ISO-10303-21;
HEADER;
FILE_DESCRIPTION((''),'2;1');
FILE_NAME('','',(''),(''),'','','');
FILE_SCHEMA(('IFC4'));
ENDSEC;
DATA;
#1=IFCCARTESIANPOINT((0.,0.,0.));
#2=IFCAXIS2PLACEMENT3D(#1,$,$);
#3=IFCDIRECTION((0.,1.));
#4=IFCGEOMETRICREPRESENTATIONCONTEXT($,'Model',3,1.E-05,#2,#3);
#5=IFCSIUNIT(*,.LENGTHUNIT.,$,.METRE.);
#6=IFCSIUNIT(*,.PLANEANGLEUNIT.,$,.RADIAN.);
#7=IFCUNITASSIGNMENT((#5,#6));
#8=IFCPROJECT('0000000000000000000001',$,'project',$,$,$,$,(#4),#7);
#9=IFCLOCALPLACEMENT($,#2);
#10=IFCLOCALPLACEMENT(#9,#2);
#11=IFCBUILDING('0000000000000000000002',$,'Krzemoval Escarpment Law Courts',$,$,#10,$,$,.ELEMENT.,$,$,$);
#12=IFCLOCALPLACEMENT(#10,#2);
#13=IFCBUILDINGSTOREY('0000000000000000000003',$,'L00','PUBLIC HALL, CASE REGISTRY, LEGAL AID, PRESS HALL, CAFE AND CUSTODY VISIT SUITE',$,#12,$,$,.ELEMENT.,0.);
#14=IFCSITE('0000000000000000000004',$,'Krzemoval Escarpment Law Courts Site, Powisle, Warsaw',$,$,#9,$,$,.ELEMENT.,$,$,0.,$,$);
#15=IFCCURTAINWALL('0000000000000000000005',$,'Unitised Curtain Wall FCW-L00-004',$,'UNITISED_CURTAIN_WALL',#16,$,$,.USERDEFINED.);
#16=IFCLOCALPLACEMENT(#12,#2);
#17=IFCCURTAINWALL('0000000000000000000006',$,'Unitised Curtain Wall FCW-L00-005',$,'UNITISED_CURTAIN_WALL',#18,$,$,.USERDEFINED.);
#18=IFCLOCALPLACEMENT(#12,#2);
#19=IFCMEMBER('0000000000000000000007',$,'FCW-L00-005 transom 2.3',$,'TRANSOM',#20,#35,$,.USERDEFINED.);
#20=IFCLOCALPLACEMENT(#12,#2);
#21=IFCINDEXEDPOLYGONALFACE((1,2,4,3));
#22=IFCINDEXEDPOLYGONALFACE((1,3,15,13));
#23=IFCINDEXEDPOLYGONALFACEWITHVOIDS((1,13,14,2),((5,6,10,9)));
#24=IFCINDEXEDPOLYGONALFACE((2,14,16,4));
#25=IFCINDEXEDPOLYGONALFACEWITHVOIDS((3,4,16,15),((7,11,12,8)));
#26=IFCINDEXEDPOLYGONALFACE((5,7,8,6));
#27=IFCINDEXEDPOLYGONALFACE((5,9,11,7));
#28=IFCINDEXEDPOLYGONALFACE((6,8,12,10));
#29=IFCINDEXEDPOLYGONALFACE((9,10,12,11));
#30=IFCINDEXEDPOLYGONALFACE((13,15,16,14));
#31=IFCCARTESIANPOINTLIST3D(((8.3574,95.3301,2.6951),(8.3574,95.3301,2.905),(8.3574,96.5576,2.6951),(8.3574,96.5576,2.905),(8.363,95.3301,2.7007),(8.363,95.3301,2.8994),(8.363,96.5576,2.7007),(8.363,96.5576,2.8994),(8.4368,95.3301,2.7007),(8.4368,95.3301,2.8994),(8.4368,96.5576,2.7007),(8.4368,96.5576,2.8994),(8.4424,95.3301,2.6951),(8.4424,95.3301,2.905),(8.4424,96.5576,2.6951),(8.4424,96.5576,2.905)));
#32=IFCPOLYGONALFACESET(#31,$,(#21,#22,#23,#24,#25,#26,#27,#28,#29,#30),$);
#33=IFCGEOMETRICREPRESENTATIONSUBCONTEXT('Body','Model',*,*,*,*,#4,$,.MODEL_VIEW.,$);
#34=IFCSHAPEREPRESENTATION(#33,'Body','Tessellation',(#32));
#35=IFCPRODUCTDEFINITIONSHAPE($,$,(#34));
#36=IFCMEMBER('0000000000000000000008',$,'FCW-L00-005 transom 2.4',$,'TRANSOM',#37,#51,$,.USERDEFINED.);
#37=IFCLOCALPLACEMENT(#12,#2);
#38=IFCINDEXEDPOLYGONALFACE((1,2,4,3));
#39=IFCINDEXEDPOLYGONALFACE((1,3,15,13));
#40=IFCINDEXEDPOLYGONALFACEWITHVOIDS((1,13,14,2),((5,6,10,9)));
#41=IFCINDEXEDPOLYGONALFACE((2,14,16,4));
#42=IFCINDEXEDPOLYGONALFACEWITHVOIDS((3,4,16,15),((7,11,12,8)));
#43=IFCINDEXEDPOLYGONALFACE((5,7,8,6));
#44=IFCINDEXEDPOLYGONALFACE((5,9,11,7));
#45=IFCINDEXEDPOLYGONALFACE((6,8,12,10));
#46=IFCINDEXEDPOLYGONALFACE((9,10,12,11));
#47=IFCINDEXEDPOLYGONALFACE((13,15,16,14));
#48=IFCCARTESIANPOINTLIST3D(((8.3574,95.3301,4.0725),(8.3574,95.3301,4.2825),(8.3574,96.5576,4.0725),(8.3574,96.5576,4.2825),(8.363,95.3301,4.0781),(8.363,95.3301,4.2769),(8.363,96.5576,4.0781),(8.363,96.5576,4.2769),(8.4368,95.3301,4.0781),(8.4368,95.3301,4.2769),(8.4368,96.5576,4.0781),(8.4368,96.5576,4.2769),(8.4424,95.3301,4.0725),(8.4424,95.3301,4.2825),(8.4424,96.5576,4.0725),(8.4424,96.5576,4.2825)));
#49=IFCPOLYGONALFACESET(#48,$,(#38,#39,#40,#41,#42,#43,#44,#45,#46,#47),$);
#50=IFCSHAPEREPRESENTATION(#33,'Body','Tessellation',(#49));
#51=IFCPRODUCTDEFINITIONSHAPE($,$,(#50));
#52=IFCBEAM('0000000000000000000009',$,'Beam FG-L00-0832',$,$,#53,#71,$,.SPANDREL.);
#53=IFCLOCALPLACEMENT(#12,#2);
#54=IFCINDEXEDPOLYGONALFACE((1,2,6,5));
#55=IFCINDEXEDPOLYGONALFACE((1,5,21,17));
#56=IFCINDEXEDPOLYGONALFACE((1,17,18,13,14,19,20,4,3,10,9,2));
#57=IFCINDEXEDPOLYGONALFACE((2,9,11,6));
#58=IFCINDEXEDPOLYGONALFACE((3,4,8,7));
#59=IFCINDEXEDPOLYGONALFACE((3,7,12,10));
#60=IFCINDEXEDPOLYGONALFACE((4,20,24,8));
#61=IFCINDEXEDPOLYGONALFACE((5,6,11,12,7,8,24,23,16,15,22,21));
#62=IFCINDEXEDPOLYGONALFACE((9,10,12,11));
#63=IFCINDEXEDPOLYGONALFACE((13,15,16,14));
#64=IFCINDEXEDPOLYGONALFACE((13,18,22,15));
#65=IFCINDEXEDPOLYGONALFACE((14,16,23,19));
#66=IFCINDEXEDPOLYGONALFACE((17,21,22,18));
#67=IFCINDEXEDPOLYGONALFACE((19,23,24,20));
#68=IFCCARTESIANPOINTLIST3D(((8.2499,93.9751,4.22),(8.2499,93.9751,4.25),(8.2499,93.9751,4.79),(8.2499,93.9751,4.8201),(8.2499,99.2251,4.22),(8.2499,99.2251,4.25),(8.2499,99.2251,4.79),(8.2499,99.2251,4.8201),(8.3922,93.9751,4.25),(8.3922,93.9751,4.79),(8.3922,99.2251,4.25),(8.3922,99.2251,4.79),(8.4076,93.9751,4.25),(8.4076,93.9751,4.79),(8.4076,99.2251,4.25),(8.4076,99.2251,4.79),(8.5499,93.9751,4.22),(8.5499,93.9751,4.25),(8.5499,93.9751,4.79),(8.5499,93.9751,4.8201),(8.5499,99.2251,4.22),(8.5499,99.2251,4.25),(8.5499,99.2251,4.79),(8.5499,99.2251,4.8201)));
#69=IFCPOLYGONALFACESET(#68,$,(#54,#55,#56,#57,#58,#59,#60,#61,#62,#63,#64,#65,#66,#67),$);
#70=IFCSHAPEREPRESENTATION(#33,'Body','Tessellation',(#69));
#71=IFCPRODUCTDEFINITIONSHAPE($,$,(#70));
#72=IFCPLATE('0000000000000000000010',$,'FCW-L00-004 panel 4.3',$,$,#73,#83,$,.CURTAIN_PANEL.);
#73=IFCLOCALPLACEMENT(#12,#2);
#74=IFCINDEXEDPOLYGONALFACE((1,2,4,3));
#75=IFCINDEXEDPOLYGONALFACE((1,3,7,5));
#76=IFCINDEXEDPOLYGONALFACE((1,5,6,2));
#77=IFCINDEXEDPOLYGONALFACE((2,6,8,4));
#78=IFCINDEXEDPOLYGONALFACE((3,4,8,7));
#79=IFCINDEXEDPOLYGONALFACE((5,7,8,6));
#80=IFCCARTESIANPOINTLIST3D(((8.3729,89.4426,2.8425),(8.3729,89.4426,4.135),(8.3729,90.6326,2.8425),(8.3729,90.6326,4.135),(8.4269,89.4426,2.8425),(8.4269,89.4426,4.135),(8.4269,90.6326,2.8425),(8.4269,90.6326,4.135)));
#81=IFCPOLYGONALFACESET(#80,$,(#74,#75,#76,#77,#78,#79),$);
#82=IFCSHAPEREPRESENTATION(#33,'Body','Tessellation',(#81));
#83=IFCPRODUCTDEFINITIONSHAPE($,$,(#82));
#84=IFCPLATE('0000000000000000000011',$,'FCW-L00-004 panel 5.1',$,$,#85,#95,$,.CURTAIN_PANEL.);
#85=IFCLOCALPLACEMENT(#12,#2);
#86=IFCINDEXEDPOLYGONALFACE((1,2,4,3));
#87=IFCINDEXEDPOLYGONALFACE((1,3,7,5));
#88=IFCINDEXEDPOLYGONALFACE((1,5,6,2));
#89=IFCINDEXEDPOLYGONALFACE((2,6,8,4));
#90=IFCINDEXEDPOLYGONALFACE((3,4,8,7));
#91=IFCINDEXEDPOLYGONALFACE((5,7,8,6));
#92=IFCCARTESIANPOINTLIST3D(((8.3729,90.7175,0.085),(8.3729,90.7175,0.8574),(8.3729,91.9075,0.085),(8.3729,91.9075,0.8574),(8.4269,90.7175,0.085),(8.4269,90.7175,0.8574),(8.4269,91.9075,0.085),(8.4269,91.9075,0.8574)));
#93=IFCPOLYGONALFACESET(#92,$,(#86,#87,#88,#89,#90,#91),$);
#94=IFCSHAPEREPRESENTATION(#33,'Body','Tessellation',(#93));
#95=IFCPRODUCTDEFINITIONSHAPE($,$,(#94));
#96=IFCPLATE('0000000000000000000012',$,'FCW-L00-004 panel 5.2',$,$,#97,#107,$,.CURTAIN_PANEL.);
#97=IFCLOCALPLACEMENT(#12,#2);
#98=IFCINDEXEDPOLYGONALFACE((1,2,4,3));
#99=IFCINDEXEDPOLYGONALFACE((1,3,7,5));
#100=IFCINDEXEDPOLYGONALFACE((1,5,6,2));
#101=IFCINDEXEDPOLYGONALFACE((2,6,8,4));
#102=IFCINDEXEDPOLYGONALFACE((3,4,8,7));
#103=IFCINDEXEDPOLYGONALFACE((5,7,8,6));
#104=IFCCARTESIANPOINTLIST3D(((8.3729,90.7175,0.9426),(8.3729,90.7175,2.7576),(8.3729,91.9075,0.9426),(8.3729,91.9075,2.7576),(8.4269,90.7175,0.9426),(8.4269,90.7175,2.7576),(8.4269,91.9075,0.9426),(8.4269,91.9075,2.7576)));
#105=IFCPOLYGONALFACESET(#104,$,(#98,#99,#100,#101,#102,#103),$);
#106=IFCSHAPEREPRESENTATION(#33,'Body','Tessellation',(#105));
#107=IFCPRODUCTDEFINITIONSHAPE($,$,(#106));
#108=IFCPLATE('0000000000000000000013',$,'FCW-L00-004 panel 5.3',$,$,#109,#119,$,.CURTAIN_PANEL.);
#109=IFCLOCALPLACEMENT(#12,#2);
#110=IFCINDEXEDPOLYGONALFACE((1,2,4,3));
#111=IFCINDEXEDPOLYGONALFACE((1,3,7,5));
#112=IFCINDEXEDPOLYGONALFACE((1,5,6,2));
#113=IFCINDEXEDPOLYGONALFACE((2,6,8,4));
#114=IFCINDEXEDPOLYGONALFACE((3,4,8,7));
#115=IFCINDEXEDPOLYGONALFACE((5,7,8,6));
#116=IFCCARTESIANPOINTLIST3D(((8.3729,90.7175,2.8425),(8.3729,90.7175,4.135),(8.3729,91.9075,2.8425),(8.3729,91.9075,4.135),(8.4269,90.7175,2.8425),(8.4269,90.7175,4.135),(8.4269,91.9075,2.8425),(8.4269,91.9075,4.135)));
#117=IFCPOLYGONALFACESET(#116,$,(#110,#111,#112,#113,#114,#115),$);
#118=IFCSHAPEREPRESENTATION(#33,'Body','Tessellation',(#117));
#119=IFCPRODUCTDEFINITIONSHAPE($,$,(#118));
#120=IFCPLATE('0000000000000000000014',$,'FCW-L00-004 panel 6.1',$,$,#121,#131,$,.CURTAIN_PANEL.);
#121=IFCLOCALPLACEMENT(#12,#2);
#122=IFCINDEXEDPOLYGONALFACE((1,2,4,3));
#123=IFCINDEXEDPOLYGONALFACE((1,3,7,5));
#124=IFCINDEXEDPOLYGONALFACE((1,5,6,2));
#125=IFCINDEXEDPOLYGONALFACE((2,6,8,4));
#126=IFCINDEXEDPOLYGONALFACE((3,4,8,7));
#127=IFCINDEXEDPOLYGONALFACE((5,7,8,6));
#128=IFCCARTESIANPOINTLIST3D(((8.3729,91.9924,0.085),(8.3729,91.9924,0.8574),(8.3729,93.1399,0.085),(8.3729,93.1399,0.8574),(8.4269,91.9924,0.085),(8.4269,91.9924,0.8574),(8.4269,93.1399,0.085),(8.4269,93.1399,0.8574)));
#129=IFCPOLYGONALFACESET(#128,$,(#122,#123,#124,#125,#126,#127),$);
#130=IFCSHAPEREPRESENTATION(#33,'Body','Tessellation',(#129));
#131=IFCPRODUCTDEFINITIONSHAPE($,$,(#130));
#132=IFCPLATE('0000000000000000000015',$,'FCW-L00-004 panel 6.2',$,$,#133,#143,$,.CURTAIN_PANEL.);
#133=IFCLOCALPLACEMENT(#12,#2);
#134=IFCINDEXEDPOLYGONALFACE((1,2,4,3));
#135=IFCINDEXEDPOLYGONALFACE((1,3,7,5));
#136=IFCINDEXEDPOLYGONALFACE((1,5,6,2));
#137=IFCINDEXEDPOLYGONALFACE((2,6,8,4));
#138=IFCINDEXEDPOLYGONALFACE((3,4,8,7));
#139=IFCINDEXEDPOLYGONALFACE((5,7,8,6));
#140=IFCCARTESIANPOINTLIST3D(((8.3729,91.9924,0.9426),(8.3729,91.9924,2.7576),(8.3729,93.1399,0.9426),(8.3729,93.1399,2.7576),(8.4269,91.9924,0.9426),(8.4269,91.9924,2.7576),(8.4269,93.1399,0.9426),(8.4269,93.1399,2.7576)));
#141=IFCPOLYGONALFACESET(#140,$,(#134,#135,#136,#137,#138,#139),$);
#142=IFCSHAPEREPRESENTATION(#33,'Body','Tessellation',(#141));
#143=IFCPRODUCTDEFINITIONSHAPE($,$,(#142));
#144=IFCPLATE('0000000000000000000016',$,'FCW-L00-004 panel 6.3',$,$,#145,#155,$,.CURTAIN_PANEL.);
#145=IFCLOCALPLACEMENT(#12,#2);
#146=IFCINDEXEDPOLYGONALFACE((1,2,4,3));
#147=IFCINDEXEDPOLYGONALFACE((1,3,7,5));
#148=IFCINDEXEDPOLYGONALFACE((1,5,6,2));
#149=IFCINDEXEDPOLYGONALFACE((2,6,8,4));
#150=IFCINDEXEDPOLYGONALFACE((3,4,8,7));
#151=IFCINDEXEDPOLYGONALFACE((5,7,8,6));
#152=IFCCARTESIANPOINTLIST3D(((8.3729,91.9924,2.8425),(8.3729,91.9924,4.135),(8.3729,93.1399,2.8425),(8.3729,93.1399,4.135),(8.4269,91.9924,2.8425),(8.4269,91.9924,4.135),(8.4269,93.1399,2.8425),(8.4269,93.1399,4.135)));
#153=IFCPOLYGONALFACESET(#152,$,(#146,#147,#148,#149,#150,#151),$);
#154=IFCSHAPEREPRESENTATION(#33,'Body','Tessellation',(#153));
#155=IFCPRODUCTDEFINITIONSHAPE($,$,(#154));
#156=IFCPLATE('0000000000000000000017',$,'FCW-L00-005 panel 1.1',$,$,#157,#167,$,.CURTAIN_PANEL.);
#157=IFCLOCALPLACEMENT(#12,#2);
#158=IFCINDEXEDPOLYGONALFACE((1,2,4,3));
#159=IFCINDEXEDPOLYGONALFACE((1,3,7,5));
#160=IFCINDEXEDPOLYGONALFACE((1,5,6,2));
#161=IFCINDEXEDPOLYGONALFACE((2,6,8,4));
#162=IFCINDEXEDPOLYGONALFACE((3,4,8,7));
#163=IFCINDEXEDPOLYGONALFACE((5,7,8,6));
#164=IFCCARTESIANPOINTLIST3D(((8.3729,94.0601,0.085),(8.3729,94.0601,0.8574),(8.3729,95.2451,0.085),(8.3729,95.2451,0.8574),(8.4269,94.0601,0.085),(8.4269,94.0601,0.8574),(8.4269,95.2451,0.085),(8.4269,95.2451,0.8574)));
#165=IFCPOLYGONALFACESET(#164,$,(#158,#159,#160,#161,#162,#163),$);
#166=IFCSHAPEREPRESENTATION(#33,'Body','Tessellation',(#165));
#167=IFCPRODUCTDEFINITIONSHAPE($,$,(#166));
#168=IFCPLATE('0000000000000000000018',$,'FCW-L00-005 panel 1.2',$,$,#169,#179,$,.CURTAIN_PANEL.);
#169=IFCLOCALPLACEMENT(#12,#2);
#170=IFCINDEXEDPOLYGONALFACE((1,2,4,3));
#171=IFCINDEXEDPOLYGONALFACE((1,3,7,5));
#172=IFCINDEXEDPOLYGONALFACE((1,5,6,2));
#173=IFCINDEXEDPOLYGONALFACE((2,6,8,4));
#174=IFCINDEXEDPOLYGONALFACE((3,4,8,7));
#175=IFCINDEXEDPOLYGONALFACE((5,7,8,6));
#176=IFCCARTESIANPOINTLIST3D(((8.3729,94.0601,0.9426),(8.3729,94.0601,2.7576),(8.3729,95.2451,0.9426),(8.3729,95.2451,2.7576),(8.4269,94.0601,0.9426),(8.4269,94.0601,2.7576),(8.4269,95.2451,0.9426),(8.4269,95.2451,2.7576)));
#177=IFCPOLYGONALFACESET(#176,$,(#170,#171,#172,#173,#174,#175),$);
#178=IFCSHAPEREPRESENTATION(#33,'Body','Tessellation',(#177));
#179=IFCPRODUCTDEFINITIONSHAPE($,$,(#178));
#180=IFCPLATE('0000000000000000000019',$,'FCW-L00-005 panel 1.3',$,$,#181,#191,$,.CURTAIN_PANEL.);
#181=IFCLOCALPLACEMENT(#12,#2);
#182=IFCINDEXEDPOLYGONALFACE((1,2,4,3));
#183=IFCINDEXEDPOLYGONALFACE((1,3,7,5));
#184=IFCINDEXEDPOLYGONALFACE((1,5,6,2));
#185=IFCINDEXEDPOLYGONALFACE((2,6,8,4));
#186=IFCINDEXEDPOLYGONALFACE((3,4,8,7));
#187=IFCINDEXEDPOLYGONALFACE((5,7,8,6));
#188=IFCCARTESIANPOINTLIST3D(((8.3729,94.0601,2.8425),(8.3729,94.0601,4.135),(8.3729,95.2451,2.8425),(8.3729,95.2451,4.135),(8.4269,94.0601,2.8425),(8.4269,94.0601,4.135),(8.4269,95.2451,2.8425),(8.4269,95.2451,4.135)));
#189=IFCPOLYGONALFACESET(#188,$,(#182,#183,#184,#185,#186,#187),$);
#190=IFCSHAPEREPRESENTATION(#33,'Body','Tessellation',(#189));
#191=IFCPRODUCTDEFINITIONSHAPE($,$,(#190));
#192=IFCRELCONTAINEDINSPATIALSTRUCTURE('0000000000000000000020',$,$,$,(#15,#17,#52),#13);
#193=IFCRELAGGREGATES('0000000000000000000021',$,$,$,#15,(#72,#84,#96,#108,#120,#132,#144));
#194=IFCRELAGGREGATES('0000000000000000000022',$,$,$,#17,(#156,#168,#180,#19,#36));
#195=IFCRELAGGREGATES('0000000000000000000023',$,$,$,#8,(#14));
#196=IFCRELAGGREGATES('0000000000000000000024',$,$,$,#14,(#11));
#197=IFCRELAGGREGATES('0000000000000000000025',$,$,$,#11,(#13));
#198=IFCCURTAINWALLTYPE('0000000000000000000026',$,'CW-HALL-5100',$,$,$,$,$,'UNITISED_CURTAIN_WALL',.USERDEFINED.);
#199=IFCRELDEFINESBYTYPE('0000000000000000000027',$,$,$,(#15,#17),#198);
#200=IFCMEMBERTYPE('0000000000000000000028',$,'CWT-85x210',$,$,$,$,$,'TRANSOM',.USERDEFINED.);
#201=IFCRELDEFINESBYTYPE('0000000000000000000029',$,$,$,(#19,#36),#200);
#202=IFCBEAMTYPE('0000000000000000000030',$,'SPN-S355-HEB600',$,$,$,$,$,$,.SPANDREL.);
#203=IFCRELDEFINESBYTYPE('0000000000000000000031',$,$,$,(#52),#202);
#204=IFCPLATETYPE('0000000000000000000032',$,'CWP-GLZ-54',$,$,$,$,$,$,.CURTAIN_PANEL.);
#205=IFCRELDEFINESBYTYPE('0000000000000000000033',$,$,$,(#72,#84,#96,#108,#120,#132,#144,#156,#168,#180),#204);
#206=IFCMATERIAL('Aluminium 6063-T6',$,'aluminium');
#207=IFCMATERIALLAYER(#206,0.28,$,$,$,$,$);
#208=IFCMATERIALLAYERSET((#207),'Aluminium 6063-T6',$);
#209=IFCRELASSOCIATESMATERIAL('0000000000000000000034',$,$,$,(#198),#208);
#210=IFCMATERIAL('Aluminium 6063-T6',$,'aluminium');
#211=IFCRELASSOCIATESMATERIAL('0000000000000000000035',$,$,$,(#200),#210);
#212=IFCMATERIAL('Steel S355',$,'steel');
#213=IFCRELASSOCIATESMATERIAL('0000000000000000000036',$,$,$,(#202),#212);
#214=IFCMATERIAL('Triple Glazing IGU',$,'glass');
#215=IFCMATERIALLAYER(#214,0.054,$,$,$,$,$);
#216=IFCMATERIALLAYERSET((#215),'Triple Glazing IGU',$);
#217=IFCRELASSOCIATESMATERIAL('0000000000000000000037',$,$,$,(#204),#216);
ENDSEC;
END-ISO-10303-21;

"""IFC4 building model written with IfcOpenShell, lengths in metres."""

from ifc_helpers import new_model, si_unit, direction, frame, origin, origin_2d, place, context, subcontext, project, spatial, rectangle, hollow_rectangle, i_section, extrude, material, layer, layer_set, material_profile, profile_set, type_object, element, aggregate, save


model = new_model("IFC4")

# Units and contexts
model_context = context("Model", 3, precision=1e-05, world=origin(), true_north=direction((0.0, 1.0)))
body_context = subcontext(model_context, "Body", "Model", "MODEL_VIEW")
ifc_project = project(units=[si_unit("LENGTHUNIT", "METRE"), si_unit("PLANEANGLEUNIT", "RADIAN")], contexts=[model_context])

# Site, building, storey
site_placement = place(None, origin())
site = spatial("IfcSite", under=ifc_project, at=site_placement, Name="Krzemoval Escarpment Law Courts Site, Powisle, Warsaw", CompositionType="ELEMENT", RefElevation=0.0)
building_placement = place(site_placement, origin())
building = spatial("IfcBuilding", under=site, at=building_placement, Name="Krzemoval Escarpment Law Courts", CompositionType="ELEMENT")
storey_placement = place(building_placement, origin())
storey = spatial("IfcBuildingStorey", under=building, at=storey_placement, Name="L00", Description="PUBLIC HALL, CASE REGISTRY, LEGAL AID, PRESS HALL, CAFE AND CUSTODY VISIT SUITE", CompositionType="ELEMENT", Elevation=0.0)

# Curtain walls
ifc_material_1 = material(Name="Aluminium 6063-T6", Category="aluminium")
ifc_layer_1 = layer(ifc_material_1, 0.28)
ifc_layer_set_1 = layer_set([ifc_layer_1], Name="Aluminium 6063-T6")
curtain_wall_type = type_object("IfcCurtainWallType", Name="CW-HALL-5100", ElementType="UNITISED_CURTAIN_WALL", PredefinedType="USERDEFINED", material=ifc_layer_set_1)
curtain_wall_1_placement = place(storey_placement, origin())
curtain_wall_1 = element("IfcCurtainWall", 1, at=curtain_wall_1_placement, inside=storey, type_object=curtain_wall_type, Name="Unitised Curtain Wall FCW-L00-004", ObjectType="UNITISED_CURTAIN_WALL", PredefinedType="USERDEFINED")
curtain_wall_2_placement = place(storey_placement, origin())
curtain_wall_2 = element("IfcCurtainWall", 2, at=curtain_wall_2_placement, inside=storey, type_object=curtain_wall_type, Name="Unitised Curtain Wall FCW-L00-005", ObjectType="UNITISED_CURTAIN_WALL", PredefinedType="USERDEFINED")

# Members
ifc_material_2 = material(Name="Aluminium 6063-T6", Category="aluminium")
ifc_material_profile_1 = material_profile(ifc_material_2, hollow_rectangle(XDim=0.085, YDim=0.21, WallThickness=0.0056, at=origin_2d()), Name="ALU T85x210")
ifc_profile_set_1 = profile_set([ifc_material_profile_1], Name="Aluminium 6063-T6")
member_type_1 = type_object("IfcMemberType", Name="CWT-85x210", ElementType="TRANSOM", PredefinedType="USERDEFINED", material=ifc_profile_set_1)
member_1_placement = place(storey_placement, frame((8.3999, 95.3301, 2.8), z_axis=(0.0, 1.0, 0.0), x_axis=(-1.0, 0.0, 0.0)))
member_1 = element("IfcMember", 3, at=member_1_placement, type_object=member_type_1, Name="FCW-L00-005 transom 2.3", ObjectType="TRANSOM", PredefinedType="USERDEFINED", context=body_context, shape_type="SweptSolid", body=[
    extrude(hollow_rectangle(XDim=0.085, YDim=0.21, WallThickness=0.0056, at=origin_2d()), origin(), (0.0, 0.0, 1.0), 1.2275),
])
member_2_placement = place(storey_placement, frame((8.3999, 95.3301, 4.1775), z_axis=(0.0, 1.0, 0.0), x_axis=(-1.0, 0.0, 0.0)))
member_2 = element("IfcMember", 4, at=member_2_placement, type_object=member_type_1, Name="FCW-L00-005 transom 2.4", ObjectType="TRANSOM", PredefinedType="USERDEFINED", context=body_context, shape_type="SweptSolid", body=[
    extrude(hollow_rectangle(XDim=0.085, YDim=0.21, WallThickness=0.0056, at=origin_2d()), origin(), (0.0, 0.0, 1.0), 1.2275),
])

# Beam
ifc_material_3 = material(Name="Steel S355", Category="steel")
ifc_material_profile_2 = material_profile(ifc_material_3, i_section(OverallWidth=0.3, OverallDepth=0.6001, WebThickness=0.0154, FlangeThickness=0.03, at=origin_2d()), Name="HEB 600")
ifc_profile_set_2 = profile_set([ifc_material_profile_2], Name="Steel S355")
beam_type = type_object("IfcBeamType", Name="SPN-S355-HEB600", PredefinedType="SPANDREL", material=ifc_profile_set_2)
beam_placement = place(storey_placement, frame((8.3999, 93.9751, 4.52), z_axis=(0.0, 1.0, 0.0), x_axis=(-1.0, 0.0, 0.0)))
element("IfcBeam", 5, at=beam_placement, inside=storey, type_object=beam_type, Name="Beam FG-L00-0832", PredefinedType="SPANDREL", context=body_context, shape_type="SweptSolid", body=[
    extrude(i_section(OverallWidth=0.3, OverallDepth=0.6001, WebThickness=0.0154, FlangeThickness=0.03, at=origin_2d()), origin(), (0.0, 0.0, 1.0), 5.25),
])

# Plates
ifc_material_4 = material(Name="Triple Glazing IGU", Category="glass")
ifc_layer_2 = layer(ifc_material_4, 0.054)
ifc_layer_set_2 = layer_set([ifc_layer_2], Name="Triple Glazing IGU")
plate_type = type_object("IfcPlateType", Name="CWP-GLZ-54", PredefinedType="CURTAIN_PANEL", material=ifc_layer_set_2)
plate_1_placement = place(storey_placement, frame((8.3999, 90.0376, 2.8425), z_axis=(0.0, 0.0, 1.0), x_axis=(0.0, 1.0, 0.0)))
plate_1 = element("IfcPlate", 6, at=plate_1_placement, type_object=plate_type, Name="FCW-L00-004 panel 4.3", PredefinedType="CURTAIN_PANEL", context=body_context, shape_type="SweptSolid", body=[
    extrude(rectangle(XDim=1.1899, YDim=0.054, at=origin_2d()), origin(), (0.0, 0.0, 1.0), 1.2925),
])
plate_2_placement = place(storey_placement, frame((8.3999, 91.3125, 0.085), z_axis=(0.0, 0.0, 1.0), x_axis=(0.0, 1.0, 0.0)))
plate_2 = element("IfcPlate", 7, at=plate_2_placement, type_object=plate_type, Name="FCW-L00-004 panel 5.1", PredefinedType="CURTAIN_PANEL", context=body_context, shape_type="SweptSolid", body=[
    extrude(rectangle(XDim=1.1899, YDim=0.054, at=origin_2d()), origin(), (0.0, 0.0, 1.0), 0.7725),
])
plate_3_placement = place(storey_placement, frame((8.3999, 91.3125, 0.9426), z_axis=(0.0, 0.0, 1.0), x_axis=(0.0, 1.0, 0.0)))
plate_3 = element("IfcPlate", 8, at=plate_3_placement, type_object=plate_type, Name="FCW-L00-004 panel 5.2", PredefinedType="CURTAIN_PANEL", context=body_context, shape_type="SweptSolid", body=[
    extrude(rectangle(XDim=1.1899, YDim=0.054, at=origin_2d()), origin(), (0.0, 0.0, 1.0), 1.8149),
])
plate_4_placement = place(storey_placement, frame((8.3999, 91.3125, 2.8425), z_axis=(0.0, 0.0, 1.0), x_axis=(0.0, 1.0, 0.0)))
plate_4 = element("IfcPlate", 9, at=plate_4_placement, type_object=plate_type, Name="FCW-L00-004 panel 5.3", PredefinedType="CURTAIN_PANEL", context=body_context, shape_type="SweptSolid", body=[
    extrude(rectangle(XDim=1.1899, YDim=0.054, at=origin_2d()), origin(), (0.0, 0.0, 1.0), 1.2925),
])
plate_5_placement = place(storey_placement, frame((8.3999, 92.5662, 0.085), z_axis=(0.0, 0.0, 1.0), x_axis=(0.0, 1.0, 0.0)))
plate_5 = element("IfcPlate", 10, at=plate_5_placement, type_object=plate_type, Name="FCW-L00-004 panel 6.1", PredefinedType="CURTAIN_PANEL", context=body_context, shape_type="SweptSolid", body=[
    extrude(rectangle(XDim=1.1475, YDim=0.054, at=origin_2d()), origin(), (0.0, 0.0, 1.0), 0.7725),
])
plate_6_placement = place(storey_placement, frame((8.3999, 92.5662, 0.9426), z_axis=(0.0, 0.0, 1.0), x_axis=(0.0, 1.0, 0.0)))
plate_6 = element("IfcPlate", 11, at=plate_6_placement, type_object=plate_type, Name="FCW-L00-004 panel 6.2", PredefinedType="CURTAIN_PANEL", context=body_context, shape_type="SweptSolid", body=[
    extrude(rectangle(XDim=1.1475, YDim=0.054, at=origin_2d()), origin(), (0.0, 0.0, 1.0), 1.8149),
])
plate_7_placement = place(storey_placement, frame((8.3999, 92.5662, 2.8425), z_axis=(0.0, 0.0, 1.0), x_axis=(0.0, 1.0, 0.0)))
plate_7 = element("IfcPlate", 12, at=plate_7_placement, type_object=plate_type, Name="FCW-L00-004 panel 6.3", PredefinedType="CURTAIN_PANEL", context=body_context, shape_type="SweptSolid", body=[
    extrude(rectangle(XDim=1.1475, YDim=0.054, at=origin_2d()), origin(), (0.0, 0.0, 1.0), 1.2925),
])
aggregate(curtain_wall_1, [plate_1, plate_2, plate_3, plate_4, plate_5, plate_6, plate_7])
plate_8_placement = place(storey_placement, frame((8.3999, 94.6526, 0.085), z_axis=(0.0, 0.0, 1.0), x_axis=(0.0, 1.0, 0.0)))
plate_8 = element("IfcPlate", 13, at=plate_8_placement, type_object=plate_type, Name="FCW-L00-005 panel 1.1", PredefinedType="CURTAIN_PANEL", context=body_context, shape_type="SweptSolid", body=[
    extrude(rectangle(XDim=1.1851, YDim=0.054, at=origin_2d()), origin(), (0.0, 0.0, 1.0), 0.7725),
])
plate_9_placement = place(storey_placement, frame((8.3999, 94.6526, 0.9426), z_axis=(0.0, 0.0, 1.0), x_axis=(0.0, 1.0, 0.0)))
plate_9 = element("IfcPlate", 14, at=plate_9_placement, type_object=plate_type, Name="FCW-L00-005 panel 1.2", PredefinedType="CURTAIN_PANEL", context=body_context, shape_type="SweptSolid", body=[
    extrude(rectangle(XDim=1.1851, YDim=0.054, at=origin_2d()), origin(), (0.0, 0.0, 1.0), 1.8149),
])
plate_10_placement = place(storey_placement, frame((8.3999, 94.6526, 2.8425), z_axis=(0.0, 0.0, 1.0), x_axis=(0.0, 1.0, 0.0)))
plate_10 = element("IfcPlate", 15, at=plate_10_placement, type_object=plate_type, Name="FCW-L00-005 panel 1.3", PredefinedType="CURTAIN_PANEL", context=body_context, shape_type="SweptSolid", body=[
    extrude(rectangle(XDim=1.1851, YDim=0.054, at=origin_2d()), origin(), (0.0, 0.0, 1.0), 1.2925),
])
aggregate(curtain_wall_2, [plate_8, plate_9, plate_10, member_1, member_2])

save(model, "model.ifc")
